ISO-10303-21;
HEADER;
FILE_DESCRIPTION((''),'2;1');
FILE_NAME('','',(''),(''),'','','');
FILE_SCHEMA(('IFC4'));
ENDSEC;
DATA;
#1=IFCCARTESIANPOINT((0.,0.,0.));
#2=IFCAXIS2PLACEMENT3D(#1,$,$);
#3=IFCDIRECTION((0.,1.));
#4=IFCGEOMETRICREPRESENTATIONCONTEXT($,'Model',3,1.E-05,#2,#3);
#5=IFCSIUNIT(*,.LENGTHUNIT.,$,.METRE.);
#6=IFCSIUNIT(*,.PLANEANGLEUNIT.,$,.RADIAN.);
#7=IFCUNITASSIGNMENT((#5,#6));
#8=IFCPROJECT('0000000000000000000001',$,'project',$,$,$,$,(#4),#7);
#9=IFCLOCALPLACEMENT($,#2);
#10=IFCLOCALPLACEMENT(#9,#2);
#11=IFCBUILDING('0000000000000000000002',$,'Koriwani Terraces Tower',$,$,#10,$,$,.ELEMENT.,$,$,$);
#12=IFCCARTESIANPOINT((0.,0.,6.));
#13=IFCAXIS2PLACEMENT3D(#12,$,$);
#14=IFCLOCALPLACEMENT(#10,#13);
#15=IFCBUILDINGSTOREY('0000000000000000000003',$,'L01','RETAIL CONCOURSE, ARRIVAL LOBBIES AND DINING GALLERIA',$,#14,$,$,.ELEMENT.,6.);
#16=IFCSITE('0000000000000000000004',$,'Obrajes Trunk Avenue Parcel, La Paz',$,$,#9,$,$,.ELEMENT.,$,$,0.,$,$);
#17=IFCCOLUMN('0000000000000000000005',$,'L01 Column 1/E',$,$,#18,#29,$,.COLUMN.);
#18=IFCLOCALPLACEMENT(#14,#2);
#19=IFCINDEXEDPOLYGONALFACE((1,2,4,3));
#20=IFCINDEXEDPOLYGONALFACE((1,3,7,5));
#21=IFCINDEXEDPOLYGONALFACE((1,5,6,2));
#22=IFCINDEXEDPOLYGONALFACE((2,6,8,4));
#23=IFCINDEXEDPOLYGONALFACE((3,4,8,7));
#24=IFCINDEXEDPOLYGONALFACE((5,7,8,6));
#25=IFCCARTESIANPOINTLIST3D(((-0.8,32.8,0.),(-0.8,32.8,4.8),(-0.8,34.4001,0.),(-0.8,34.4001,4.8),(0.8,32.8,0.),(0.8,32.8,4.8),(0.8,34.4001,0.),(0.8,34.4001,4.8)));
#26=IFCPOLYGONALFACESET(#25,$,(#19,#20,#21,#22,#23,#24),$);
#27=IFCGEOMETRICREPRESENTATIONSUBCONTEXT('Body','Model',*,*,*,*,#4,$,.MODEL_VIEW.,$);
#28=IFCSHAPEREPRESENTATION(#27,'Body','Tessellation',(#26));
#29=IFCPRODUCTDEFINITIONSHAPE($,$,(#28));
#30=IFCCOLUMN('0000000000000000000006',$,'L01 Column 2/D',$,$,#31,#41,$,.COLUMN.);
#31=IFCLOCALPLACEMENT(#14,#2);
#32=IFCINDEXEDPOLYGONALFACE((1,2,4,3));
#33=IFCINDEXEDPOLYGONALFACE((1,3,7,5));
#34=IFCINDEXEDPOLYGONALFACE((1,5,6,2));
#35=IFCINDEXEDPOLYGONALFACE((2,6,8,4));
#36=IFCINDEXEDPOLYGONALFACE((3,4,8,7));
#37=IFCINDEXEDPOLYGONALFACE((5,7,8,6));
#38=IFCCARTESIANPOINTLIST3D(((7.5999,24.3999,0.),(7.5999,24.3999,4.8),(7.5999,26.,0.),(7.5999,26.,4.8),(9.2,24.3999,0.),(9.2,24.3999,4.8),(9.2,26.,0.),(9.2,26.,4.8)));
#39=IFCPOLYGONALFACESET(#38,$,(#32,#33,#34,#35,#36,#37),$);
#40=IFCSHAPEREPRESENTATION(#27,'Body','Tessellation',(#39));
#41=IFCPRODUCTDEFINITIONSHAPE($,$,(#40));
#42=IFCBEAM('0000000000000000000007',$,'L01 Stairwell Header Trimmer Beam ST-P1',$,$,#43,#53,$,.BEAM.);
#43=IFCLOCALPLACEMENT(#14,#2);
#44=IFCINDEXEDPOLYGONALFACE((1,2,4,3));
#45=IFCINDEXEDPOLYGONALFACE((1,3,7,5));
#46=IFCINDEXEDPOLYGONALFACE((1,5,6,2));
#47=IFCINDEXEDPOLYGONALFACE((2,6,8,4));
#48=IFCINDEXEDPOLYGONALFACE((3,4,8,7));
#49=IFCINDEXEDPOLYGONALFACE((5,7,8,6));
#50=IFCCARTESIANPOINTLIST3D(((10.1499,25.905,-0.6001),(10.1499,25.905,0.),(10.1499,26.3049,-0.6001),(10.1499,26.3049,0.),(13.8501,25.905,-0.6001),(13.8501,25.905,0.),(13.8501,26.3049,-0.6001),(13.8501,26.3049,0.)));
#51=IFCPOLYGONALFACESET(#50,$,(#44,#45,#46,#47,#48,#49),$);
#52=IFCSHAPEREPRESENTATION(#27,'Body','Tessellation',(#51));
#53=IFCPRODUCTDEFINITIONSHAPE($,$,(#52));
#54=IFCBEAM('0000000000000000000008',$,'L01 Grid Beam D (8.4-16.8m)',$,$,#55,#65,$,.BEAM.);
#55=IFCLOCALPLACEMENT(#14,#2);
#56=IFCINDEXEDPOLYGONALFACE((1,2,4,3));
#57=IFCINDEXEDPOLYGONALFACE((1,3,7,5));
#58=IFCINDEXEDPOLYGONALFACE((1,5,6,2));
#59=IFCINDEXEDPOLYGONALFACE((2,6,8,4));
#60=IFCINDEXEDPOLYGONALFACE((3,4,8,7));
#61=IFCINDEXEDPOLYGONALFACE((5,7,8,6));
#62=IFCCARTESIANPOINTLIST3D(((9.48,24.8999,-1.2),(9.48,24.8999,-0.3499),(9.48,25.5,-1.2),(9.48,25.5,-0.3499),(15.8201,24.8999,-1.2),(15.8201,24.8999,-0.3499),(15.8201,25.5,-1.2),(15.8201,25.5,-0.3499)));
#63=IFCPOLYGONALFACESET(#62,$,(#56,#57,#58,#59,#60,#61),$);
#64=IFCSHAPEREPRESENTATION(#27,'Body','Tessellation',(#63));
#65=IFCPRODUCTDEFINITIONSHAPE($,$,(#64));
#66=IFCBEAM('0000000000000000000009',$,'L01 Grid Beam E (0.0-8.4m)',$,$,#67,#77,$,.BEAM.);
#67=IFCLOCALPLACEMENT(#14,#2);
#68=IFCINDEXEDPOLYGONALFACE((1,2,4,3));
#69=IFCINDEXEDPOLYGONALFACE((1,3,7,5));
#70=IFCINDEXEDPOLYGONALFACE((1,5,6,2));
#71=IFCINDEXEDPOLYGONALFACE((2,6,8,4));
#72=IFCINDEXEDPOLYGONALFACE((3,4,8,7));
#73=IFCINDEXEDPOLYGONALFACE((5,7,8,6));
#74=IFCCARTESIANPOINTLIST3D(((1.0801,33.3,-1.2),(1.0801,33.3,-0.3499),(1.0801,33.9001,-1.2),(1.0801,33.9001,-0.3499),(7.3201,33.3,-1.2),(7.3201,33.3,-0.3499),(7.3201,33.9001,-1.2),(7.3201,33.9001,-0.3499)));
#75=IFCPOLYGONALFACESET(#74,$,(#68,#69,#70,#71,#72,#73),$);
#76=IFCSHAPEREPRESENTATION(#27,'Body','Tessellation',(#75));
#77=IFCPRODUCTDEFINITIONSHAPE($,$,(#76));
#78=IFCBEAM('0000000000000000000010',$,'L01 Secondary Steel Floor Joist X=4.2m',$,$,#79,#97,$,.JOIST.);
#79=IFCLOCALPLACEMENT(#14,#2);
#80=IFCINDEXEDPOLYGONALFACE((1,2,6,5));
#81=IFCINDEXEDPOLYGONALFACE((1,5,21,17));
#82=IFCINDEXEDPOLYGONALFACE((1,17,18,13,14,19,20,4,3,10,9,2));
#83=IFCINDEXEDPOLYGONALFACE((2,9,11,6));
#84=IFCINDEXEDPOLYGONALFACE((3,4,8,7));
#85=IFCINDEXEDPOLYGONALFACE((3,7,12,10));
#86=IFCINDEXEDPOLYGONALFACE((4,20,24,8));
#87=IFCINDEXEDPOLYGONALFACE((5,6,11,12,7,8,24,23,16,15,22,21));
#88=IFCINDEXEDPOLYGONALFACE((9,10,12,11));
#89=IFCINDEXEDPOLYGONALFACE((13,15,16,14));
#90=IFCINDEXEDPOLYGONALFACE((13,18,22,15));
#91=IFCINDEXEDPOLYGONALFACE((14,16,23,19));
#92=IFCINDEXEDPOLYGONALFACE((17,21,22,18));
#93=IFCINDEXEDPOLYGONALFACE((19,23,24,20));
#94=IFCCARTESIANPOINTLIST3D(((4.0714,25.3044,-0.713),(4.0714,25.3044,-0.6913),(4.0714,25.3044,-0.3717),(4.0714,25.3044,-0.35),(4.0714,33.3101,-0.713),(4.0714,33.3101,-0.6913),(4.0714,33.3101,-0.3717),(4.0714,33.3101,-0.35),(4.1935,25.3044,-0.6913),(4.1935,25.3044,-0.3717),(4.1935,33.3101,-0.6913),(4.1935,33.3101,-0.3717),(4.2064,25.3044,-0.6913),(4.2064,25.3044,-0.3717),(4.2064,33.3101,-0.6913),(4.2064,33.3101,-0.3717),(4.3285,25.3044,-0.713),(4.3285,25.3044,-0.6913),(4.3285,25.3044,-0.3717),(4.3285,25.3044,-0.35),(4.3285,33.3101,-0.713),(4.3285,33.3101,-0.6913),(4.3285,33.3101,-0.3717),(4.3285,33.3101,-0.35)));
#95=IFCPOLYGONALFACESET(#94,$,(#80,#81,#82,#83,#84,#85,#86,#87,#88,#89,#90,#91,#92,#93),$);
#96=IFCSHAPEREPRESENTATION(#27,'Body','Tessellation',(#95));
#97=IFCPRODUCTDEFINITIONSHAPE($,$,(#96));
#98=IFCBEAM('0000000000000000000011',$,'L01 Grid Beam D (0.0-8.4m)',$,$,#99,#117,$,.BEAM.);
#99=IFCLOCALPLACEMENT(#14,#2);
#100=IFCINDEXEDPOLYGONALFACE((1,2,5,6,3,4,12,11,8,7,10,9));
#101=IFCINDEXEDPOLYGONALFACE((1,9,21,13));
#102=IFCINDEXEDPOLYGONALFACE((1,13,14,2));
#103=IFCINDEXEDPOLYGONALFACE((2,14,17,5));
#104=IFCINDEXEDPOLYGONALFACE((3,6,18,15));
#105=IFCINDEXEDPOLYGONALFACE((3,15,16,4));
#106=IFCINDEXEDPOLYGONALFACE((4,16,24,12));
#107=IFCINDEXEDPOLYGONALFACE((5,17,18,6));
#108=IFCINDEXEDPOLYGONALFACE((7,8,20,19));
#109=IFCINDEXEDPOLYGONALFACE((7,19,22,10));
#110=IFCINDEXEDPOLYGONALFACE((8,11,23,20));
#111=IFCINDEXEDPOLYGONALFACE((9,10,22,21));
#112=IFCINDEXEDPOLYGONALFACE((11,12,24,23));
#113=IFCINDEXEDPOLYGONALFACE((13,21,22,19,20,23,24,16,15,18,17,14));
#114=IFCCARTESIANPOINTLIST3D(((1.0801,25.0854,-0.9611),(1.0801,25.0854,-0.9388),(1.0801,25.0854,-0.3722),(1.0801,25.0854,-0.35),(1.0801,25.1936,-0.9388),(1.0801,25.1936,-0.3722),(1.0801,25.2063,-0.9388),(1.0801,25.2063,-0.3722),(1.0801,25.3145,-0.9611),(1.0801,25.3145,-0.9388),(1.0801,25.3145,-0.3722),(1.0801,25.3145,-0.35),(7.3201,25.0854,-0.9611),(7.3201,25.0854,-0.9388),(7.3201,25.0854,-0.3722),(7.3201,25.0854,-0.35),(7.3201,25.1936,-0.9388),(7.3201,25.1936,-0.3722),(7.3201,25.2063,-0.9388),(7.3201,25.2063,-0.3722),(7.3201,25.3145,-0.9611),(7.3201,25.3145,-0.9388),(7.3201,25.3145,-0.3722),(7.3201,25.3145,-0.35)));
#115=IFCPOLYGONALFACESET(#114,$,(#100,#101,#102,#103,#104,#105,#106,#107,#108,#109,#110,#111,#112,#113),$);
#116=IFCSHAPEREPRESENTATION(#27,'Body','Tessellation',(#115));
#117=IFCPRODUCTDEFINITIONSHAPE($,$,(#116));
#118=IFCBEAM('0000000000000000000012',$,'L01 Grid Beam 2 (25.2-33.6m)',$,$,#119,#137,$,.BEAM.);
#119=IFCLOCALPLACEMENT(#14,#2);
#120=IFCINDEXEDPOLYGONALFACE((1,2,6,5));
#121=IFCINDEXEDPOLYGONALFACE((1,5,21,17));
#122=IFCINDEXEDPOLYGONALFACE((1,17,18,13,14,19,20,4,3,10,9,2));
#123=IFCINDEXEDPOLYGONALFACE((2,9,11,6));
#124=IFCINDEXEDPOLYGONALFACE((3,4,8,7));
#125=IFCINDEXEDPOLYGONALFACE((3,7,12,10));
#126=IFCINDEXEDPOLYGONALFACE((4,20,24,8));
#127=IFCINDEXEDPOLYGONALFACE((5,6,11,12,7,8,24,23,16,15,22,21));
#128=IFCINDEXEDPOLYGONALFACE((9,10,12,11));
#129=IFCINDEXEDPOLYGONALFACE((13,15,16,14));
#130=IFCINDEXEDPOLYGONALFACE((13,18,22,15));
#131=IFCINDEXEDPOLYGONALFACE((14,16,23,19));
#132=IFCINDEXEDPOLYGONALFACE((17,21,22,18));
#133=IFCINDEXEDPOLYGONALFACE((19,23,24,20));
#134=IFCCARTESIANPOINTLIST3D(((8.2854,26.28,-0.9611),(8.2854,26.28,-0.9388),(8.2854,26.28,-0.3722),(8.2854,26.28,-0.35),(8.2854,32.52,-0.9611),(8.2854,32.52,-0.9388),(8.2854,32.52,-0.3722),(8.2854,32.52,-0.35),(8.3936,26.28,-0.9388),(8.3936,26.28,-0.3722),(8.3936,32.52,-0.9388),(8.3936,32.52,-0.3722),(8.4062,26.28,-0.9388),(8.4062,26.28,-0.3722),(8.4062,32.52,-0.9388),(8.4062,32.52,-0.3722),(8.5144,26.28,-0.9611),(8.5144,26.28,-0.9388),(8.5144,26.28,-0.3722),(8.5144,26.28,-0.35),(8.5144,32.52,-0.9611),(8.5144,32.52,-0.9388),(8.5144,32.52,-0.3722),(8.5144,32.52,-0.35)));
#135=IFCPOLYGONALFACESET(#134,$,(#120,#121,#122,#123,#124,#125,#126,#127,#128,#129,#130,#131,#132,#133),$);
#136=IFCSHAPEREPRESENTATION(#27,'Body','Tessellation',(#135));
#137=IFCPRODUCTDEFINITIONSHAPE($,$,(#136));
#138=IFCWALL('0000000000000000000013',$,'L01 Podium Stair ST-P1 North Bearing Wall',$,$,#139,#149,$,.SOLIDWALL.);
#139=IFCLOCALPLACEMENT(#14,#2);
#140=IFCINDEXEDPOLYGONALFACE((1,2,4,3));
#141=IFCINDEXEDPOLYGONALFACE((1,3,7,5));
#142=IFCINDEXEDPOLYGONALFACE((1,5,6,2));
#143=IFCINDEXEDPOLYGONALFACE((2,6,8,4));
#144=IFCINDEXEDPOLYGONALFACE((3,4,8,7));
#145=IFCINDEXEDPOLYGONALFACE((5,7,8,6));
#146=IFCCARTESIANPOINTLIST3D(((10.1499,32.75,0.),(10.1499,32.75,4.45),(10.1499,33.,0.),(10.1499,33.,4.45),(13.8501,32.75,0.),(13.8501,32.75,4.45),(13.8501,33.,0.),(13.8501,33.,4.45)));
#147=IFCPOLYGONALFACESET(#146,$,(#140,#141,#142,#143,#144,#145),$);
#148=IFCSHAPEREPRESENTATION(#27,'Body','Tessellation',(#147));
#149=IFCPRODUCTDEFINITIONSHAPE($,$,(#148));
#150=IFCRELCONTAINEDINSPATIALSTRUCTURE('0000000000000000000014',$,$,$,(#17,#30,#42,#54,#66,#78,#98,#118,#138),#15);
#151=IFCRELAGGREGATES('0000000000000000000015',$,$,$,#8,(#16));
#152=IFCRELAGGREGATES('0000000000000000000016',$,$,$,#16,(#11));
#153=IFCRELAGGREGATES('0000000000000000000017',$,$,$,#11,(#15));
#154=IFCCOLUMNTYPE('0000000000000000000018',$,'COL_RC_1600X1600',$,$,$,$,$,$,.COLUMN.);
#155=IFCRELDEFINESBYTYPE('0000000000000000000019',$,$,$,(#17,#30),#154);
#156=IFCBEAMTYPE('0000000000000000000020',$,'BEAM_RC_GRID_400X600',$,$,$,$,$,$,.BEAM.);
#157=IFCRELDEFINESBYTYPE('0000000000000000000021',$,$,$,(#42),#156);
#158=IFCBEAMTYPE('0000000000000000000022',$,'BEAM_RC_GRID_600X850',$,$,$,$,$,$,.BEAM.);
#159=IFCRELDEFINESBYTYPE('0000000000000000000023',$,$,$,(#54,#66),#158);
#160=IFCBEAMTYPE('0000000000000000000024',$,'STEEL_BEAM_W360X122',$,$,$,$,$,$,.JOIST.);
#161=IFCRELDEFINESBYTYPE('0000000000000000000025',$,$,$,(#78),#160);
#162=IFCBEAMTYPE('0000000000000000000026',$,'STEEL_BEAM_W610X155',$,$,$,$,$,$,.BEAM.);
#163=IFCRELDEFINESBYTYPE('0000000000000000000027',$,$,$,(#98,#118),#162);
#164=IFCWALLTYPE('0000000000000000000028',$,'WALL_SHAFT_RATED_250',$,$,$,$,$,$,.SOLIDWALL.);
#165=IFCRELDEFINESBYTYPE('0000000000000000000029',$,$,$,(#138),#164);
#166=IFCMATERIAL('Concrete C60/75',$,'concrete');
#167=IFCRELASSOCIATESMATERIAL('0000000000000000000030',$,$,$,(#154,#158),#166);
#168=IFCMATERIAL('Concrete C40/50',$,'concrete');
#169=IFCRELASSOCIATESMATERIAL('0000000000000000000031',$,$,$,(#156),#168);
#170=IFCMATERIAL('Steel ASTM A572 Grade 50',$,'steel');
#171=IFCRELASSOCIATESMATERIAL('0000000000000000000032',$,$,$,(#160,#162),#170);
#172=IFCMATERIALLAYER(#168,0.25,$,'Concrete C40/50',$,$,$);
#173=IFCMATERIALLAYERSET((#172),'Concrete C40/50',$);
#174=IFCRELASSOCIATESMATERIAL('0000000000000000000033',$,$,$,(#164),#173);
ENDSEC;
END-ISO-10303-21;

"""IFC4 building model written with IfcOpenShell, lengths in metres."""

from ifc_helpers import new_model, si_unit, direction, frame, frame_2d, origin, origin_2d, place, context, subcontext, project, spatial, rectangle, i_section, extrude, material, layer, layer_set, material_profile, profile_set, type_object, element, save


model = new_model("IFC4")

# Units and contexts
model_context = context("Model", 3, precision=1e-05, world=origin(), true_north=direction((0.0, 1.0)))
body_context = subcontext(model_context, "Body", "Model", "MODEL_VIEW")
ifc_project = project(units=[si_unit("LENGTHUNIT", "METRE"), si_unit("PLANEANGLEUNIT", "RADIAN")], contexts=[model_context])

# Site, building, storey
site_placement = place(None, origin())
site = spatial("IfcSite", under=ifc_project, at=site_placement, Name="Obrajes Trunk Avenue Parcel, La Paz", CompositionType="ELEMENT", RefElevation=0.0)
building_placement = place(site_placement, origin())
building = spatial("IfcBuilding", under=site, at=building_placement, Name="Koriwani Terraces Tower", CompositionType="ELEMENT")
storey_placement = place(building_placement, frame((0.0, 0.0, 6.0)))
storey = spatial("IfcBuildingStorey", under=building, at=storey_placement, Name="L01", Description="RETAIL CONCOURSE, ARRIVAL LOBBIES AND DINING GALLERIA", CompositionType="ELEMENT", Elevation=6.0)

# Columns
ifc_material_1 = material(Name="Concrete C60/75", Category="concrete")
ifc_material_profile_1 = material_profile(ifc_material_1, rectangle(XDim=1.6001, YDim=1.6001, at=origin_2d()), Name="Concrete C60/75", Category="LoadBearing")
ifc_profile_set_1 = profile_set([ifc_material_profile_1], Name="Concrete C60/75")
column_type = type_object("IfcColumnType", Name="COL_RC_1600X1600", PredefinedType="COLUMN", material=ifc_profile_set_1)
for number, where, z_axis, x_axis, name in (
    (1, (0.0, 33.6001, 0.0), (0.0, 0.0, 1.0), (1.0, 0.0, 0.0), "L01 Column 1/E"),
    (2, (8.3999, 25.2, 0.0), (0.0, 0.0, 1.0), (1.0, 0.0, 0.0), "L01 Column 2/D"),
):
    element("IfcColumn", number, at=place(storey_placement, frame(where, z_axis=z_axis, x_axis=x_axis)), inside=storey, type_object=column_type, Name=name, PredefinedType="COLUMN", context=body_context, shape_type="SweptSolid", body=[
        extrude(rectangle(XDim=1.6001, YDim=1.6001, at=origin_2d()), origin(), (0.0, 0.0, 1.0), 4.8),
    ])

# Beams
ifc_material_2 = material(Name="Concrete C40/50", Category="concrete")
ifc_material_profile_2 = material_profile(ifc_material_2, rectangle(XDim=0.3999, YDim=0.6001, at=origin_2d()), Name="Concrete C40/50", Category="LoadBearing")
ifc_profile_set_2 = profile_set([ifc_material_profile_2], Name="Concrete C40/50")
beam_type_1 = type_object("IfcBeamType", Name="BEAM_RC_GRID_400X600", PredefinedType="BEAM", material=ifc_profile_set_2)
beam_1_placement = place(storey_placement, frame((10.1499, 26.105, -0.3), z_axis=(1.0, 0.0, 0.0), x_axis=(0.0, 1.0, 0.0)))
element("IfcBeam", 3, at=beam_1_placement, inside=storey, type_object=beam_type_1, Name="L01 Stairwell Header Trimmer Beam ST-P1", PredefinedType="BEAM", context=body_context, shape_type="SweptSolid", body=[
    extrude(rectangle(XDim=0.3999, YDim=0.6001, at=origin_2d()), origin(), (0.0, 0.0, 1.0), 3.7002),
])
ifc_material_profile_3 = material_profile(ifc_material_1, rectangle(XDim=0.6001, YDim=0.8501, at=origin_2d()), Name="Concrete C60/75", Category="LoadBearing")
ifc_profile_set_3 = profile_set([ifc_material_profile_3], Name="Concrete C60/75")
beam_type_2 = type_object("IfcBeamType", Name="BEAM_RC_GRID_600X850", PredefinedType="BEAM", material=ifc_profile_set_3)
beam_2_placement = place(storey_placement, frame((9.48, 25.2, -0.7749), z_axis=(1.0, 0.0, 0.0), x_axis=(0.0, 1.0, 0.0)))
element("IfcBeam", 4, at=beam_2_placement, inside=storey, type_object=beam_type_2, Name="L01 Grid Beam D (8.4-16.8m)", PredefinedType="BEAM", context=body_context, shape_type="SweptSolid", body=[
    extrude(rectangle(XDim=0.6001, YDim=0.8501, at=origin_2d()), origin(), (0.0, 0.0, 1.0), 6.3401),
])
beam_3_placement = place(storey_placement, frame((1.0801, 33.6001, -0.7749), z_axis=(1.0, 0.0, 0.0), x_axis=(0.0, 1.0, 0.0)))
element("IfcBeam", 5, at=beam_3_placement, inside=storey, type_object=beam_type_2, Name="L01 Grid Beam E (0.0-8.4m)", PredefinedType="BEAM", context=body_context, shape_type="SweptSolid", body=[
    extrude(rectangle(XDim=0.6001, YDim=0.8501, at=origin_2d()), origin(), (0.0, 0.0, 1.0), 6.24),
])
ifc_material_3 = material(Name="Steel ASTM A572 Grade 50", Category="steel")
ifc_material_profile_4 = material_profile(ifc_material_3, i_section(OverallWidth=0.2571, OverallDepth=0.363, WebThickness=0.0129, FlangeThickness=0.0217, at=origin_2d()), Name="Steel ASTM A572 Grade 50", Category="LoadBearing")
ifc_profile_set_4 = profile_set([ifc_material_profile_4], Name="Steel ASTM A572 Grade 50")
beam_type_3 = type_object("IfcBeamType", Name="STEEL_BEAM_W360X122", PredefinedType="JOIST", material=ifc_profile_set_4)
beam_4_placement = place(storey_placement, frame((4.2, 25.3044, -0.5315), z_axis=(0.0, 1.0, 0.0), x_axis=(-1.0, 0.0, 0.0)))
element("IfcBeam", 6, at=beam_4_placement, inside=storey, type_object=beam_type_3, Name="L01 Secondary Steel Floor Joist X=4.2m", PredefinedType="JOIST", context=body_context, shape_type="SweptSolid", body=[
    extrude(i_section(OverallWidth=0.2571, OverallDepth=0.363, WebThickness=0.0129, FlangeThickness=0.0217, at=origin_2d()), origin(), (0.0, 0.0, 1.0), 8.0056),
])
ifc_material_profile_5 = material_profile(ifc_material_3, i_section(OverallWidth=0.229, OverallDepth=0.6111, WebThickness=0.0127, FlangeThickness=0.0222, at=origin_2d()), Name="Steel ASTM A572 Grade 50", Category="LoadBearing")
ifc_profile_set_5 = profile_set([ifc_material_profile_5], Name="Steel ASTM A572 Grade 50")
beam_type_4 = type_object("IfcBeamType", Name="STEEL_BEAM_W610X155", PredefinedType="BEAM", material=ifc_profile_set_5)
for number, where, z_axis, x_axis, name in (
    (7, (1.0801, 25.2, -0.6555), (1.0, 0.0, 0.0), (0.0, 1.0, 0.0), "L01 Grid Beam D (0.0-8.4m)"),
    (8, (8.3999, 26.28, -0.6555), (0.0, 1.0, 0.0), (-1.0, 0.0, 0.0), "L01 Grid Beam 2 (25.2-33.6m)"),
):
    element("IfcBeam", number, at=place(storey_placement, frame(where, z_axis=z_axis, x_axis=x_axis)), inside=storey, type_object=beam_type_4, Name=name, PredefinedType="BEAM", context=body_context, shape_type="SweptSolid", body=[
        extrude(i_section(OverallWidth=0.229, OverallDepth=0.6111, WebThickness=0.0127, FlangeThickness=0.0222, at=origin_2d()), origin(), (0.0, 0.0, 1.0), 6.24),
    ])

# Wall
ifc_layer = layer(ifc_material_2, 0.25, Name="Concrete C40/50")
ifc_layer_set = layer_set([ifc_layer], Name="Concrete C40/50")
wall_type = type_object("IfcWallType", Name="WALL_SHAFT_RATED_250", PredefinedType="SOLIDWALL", material=ifc_layer_set)
wall_placement = place(storey_placement, frame((10.1499, 32.875, 0.0), z_axis=(0.0, 0.0, 1.0), x_axis=(1.0, 0.0, 0.0)))
element("IfcWall", 9, at=wall_placement, inside=storey, type_object=wall_type, Name="L01 Podium Stair ST-P1 North Bearing Wall", PredefinedType="SOLIDWALL", context=body_context, shape_type="SweptSolid", body=[
    extrude(rectangle(XDim=3.7002, YDim=0.25, at=frame_2d((1.8501, 0.0))), origin(), (0.0, 0.0, 1.0), 4.45),
])

save(model, "model.ifc")
